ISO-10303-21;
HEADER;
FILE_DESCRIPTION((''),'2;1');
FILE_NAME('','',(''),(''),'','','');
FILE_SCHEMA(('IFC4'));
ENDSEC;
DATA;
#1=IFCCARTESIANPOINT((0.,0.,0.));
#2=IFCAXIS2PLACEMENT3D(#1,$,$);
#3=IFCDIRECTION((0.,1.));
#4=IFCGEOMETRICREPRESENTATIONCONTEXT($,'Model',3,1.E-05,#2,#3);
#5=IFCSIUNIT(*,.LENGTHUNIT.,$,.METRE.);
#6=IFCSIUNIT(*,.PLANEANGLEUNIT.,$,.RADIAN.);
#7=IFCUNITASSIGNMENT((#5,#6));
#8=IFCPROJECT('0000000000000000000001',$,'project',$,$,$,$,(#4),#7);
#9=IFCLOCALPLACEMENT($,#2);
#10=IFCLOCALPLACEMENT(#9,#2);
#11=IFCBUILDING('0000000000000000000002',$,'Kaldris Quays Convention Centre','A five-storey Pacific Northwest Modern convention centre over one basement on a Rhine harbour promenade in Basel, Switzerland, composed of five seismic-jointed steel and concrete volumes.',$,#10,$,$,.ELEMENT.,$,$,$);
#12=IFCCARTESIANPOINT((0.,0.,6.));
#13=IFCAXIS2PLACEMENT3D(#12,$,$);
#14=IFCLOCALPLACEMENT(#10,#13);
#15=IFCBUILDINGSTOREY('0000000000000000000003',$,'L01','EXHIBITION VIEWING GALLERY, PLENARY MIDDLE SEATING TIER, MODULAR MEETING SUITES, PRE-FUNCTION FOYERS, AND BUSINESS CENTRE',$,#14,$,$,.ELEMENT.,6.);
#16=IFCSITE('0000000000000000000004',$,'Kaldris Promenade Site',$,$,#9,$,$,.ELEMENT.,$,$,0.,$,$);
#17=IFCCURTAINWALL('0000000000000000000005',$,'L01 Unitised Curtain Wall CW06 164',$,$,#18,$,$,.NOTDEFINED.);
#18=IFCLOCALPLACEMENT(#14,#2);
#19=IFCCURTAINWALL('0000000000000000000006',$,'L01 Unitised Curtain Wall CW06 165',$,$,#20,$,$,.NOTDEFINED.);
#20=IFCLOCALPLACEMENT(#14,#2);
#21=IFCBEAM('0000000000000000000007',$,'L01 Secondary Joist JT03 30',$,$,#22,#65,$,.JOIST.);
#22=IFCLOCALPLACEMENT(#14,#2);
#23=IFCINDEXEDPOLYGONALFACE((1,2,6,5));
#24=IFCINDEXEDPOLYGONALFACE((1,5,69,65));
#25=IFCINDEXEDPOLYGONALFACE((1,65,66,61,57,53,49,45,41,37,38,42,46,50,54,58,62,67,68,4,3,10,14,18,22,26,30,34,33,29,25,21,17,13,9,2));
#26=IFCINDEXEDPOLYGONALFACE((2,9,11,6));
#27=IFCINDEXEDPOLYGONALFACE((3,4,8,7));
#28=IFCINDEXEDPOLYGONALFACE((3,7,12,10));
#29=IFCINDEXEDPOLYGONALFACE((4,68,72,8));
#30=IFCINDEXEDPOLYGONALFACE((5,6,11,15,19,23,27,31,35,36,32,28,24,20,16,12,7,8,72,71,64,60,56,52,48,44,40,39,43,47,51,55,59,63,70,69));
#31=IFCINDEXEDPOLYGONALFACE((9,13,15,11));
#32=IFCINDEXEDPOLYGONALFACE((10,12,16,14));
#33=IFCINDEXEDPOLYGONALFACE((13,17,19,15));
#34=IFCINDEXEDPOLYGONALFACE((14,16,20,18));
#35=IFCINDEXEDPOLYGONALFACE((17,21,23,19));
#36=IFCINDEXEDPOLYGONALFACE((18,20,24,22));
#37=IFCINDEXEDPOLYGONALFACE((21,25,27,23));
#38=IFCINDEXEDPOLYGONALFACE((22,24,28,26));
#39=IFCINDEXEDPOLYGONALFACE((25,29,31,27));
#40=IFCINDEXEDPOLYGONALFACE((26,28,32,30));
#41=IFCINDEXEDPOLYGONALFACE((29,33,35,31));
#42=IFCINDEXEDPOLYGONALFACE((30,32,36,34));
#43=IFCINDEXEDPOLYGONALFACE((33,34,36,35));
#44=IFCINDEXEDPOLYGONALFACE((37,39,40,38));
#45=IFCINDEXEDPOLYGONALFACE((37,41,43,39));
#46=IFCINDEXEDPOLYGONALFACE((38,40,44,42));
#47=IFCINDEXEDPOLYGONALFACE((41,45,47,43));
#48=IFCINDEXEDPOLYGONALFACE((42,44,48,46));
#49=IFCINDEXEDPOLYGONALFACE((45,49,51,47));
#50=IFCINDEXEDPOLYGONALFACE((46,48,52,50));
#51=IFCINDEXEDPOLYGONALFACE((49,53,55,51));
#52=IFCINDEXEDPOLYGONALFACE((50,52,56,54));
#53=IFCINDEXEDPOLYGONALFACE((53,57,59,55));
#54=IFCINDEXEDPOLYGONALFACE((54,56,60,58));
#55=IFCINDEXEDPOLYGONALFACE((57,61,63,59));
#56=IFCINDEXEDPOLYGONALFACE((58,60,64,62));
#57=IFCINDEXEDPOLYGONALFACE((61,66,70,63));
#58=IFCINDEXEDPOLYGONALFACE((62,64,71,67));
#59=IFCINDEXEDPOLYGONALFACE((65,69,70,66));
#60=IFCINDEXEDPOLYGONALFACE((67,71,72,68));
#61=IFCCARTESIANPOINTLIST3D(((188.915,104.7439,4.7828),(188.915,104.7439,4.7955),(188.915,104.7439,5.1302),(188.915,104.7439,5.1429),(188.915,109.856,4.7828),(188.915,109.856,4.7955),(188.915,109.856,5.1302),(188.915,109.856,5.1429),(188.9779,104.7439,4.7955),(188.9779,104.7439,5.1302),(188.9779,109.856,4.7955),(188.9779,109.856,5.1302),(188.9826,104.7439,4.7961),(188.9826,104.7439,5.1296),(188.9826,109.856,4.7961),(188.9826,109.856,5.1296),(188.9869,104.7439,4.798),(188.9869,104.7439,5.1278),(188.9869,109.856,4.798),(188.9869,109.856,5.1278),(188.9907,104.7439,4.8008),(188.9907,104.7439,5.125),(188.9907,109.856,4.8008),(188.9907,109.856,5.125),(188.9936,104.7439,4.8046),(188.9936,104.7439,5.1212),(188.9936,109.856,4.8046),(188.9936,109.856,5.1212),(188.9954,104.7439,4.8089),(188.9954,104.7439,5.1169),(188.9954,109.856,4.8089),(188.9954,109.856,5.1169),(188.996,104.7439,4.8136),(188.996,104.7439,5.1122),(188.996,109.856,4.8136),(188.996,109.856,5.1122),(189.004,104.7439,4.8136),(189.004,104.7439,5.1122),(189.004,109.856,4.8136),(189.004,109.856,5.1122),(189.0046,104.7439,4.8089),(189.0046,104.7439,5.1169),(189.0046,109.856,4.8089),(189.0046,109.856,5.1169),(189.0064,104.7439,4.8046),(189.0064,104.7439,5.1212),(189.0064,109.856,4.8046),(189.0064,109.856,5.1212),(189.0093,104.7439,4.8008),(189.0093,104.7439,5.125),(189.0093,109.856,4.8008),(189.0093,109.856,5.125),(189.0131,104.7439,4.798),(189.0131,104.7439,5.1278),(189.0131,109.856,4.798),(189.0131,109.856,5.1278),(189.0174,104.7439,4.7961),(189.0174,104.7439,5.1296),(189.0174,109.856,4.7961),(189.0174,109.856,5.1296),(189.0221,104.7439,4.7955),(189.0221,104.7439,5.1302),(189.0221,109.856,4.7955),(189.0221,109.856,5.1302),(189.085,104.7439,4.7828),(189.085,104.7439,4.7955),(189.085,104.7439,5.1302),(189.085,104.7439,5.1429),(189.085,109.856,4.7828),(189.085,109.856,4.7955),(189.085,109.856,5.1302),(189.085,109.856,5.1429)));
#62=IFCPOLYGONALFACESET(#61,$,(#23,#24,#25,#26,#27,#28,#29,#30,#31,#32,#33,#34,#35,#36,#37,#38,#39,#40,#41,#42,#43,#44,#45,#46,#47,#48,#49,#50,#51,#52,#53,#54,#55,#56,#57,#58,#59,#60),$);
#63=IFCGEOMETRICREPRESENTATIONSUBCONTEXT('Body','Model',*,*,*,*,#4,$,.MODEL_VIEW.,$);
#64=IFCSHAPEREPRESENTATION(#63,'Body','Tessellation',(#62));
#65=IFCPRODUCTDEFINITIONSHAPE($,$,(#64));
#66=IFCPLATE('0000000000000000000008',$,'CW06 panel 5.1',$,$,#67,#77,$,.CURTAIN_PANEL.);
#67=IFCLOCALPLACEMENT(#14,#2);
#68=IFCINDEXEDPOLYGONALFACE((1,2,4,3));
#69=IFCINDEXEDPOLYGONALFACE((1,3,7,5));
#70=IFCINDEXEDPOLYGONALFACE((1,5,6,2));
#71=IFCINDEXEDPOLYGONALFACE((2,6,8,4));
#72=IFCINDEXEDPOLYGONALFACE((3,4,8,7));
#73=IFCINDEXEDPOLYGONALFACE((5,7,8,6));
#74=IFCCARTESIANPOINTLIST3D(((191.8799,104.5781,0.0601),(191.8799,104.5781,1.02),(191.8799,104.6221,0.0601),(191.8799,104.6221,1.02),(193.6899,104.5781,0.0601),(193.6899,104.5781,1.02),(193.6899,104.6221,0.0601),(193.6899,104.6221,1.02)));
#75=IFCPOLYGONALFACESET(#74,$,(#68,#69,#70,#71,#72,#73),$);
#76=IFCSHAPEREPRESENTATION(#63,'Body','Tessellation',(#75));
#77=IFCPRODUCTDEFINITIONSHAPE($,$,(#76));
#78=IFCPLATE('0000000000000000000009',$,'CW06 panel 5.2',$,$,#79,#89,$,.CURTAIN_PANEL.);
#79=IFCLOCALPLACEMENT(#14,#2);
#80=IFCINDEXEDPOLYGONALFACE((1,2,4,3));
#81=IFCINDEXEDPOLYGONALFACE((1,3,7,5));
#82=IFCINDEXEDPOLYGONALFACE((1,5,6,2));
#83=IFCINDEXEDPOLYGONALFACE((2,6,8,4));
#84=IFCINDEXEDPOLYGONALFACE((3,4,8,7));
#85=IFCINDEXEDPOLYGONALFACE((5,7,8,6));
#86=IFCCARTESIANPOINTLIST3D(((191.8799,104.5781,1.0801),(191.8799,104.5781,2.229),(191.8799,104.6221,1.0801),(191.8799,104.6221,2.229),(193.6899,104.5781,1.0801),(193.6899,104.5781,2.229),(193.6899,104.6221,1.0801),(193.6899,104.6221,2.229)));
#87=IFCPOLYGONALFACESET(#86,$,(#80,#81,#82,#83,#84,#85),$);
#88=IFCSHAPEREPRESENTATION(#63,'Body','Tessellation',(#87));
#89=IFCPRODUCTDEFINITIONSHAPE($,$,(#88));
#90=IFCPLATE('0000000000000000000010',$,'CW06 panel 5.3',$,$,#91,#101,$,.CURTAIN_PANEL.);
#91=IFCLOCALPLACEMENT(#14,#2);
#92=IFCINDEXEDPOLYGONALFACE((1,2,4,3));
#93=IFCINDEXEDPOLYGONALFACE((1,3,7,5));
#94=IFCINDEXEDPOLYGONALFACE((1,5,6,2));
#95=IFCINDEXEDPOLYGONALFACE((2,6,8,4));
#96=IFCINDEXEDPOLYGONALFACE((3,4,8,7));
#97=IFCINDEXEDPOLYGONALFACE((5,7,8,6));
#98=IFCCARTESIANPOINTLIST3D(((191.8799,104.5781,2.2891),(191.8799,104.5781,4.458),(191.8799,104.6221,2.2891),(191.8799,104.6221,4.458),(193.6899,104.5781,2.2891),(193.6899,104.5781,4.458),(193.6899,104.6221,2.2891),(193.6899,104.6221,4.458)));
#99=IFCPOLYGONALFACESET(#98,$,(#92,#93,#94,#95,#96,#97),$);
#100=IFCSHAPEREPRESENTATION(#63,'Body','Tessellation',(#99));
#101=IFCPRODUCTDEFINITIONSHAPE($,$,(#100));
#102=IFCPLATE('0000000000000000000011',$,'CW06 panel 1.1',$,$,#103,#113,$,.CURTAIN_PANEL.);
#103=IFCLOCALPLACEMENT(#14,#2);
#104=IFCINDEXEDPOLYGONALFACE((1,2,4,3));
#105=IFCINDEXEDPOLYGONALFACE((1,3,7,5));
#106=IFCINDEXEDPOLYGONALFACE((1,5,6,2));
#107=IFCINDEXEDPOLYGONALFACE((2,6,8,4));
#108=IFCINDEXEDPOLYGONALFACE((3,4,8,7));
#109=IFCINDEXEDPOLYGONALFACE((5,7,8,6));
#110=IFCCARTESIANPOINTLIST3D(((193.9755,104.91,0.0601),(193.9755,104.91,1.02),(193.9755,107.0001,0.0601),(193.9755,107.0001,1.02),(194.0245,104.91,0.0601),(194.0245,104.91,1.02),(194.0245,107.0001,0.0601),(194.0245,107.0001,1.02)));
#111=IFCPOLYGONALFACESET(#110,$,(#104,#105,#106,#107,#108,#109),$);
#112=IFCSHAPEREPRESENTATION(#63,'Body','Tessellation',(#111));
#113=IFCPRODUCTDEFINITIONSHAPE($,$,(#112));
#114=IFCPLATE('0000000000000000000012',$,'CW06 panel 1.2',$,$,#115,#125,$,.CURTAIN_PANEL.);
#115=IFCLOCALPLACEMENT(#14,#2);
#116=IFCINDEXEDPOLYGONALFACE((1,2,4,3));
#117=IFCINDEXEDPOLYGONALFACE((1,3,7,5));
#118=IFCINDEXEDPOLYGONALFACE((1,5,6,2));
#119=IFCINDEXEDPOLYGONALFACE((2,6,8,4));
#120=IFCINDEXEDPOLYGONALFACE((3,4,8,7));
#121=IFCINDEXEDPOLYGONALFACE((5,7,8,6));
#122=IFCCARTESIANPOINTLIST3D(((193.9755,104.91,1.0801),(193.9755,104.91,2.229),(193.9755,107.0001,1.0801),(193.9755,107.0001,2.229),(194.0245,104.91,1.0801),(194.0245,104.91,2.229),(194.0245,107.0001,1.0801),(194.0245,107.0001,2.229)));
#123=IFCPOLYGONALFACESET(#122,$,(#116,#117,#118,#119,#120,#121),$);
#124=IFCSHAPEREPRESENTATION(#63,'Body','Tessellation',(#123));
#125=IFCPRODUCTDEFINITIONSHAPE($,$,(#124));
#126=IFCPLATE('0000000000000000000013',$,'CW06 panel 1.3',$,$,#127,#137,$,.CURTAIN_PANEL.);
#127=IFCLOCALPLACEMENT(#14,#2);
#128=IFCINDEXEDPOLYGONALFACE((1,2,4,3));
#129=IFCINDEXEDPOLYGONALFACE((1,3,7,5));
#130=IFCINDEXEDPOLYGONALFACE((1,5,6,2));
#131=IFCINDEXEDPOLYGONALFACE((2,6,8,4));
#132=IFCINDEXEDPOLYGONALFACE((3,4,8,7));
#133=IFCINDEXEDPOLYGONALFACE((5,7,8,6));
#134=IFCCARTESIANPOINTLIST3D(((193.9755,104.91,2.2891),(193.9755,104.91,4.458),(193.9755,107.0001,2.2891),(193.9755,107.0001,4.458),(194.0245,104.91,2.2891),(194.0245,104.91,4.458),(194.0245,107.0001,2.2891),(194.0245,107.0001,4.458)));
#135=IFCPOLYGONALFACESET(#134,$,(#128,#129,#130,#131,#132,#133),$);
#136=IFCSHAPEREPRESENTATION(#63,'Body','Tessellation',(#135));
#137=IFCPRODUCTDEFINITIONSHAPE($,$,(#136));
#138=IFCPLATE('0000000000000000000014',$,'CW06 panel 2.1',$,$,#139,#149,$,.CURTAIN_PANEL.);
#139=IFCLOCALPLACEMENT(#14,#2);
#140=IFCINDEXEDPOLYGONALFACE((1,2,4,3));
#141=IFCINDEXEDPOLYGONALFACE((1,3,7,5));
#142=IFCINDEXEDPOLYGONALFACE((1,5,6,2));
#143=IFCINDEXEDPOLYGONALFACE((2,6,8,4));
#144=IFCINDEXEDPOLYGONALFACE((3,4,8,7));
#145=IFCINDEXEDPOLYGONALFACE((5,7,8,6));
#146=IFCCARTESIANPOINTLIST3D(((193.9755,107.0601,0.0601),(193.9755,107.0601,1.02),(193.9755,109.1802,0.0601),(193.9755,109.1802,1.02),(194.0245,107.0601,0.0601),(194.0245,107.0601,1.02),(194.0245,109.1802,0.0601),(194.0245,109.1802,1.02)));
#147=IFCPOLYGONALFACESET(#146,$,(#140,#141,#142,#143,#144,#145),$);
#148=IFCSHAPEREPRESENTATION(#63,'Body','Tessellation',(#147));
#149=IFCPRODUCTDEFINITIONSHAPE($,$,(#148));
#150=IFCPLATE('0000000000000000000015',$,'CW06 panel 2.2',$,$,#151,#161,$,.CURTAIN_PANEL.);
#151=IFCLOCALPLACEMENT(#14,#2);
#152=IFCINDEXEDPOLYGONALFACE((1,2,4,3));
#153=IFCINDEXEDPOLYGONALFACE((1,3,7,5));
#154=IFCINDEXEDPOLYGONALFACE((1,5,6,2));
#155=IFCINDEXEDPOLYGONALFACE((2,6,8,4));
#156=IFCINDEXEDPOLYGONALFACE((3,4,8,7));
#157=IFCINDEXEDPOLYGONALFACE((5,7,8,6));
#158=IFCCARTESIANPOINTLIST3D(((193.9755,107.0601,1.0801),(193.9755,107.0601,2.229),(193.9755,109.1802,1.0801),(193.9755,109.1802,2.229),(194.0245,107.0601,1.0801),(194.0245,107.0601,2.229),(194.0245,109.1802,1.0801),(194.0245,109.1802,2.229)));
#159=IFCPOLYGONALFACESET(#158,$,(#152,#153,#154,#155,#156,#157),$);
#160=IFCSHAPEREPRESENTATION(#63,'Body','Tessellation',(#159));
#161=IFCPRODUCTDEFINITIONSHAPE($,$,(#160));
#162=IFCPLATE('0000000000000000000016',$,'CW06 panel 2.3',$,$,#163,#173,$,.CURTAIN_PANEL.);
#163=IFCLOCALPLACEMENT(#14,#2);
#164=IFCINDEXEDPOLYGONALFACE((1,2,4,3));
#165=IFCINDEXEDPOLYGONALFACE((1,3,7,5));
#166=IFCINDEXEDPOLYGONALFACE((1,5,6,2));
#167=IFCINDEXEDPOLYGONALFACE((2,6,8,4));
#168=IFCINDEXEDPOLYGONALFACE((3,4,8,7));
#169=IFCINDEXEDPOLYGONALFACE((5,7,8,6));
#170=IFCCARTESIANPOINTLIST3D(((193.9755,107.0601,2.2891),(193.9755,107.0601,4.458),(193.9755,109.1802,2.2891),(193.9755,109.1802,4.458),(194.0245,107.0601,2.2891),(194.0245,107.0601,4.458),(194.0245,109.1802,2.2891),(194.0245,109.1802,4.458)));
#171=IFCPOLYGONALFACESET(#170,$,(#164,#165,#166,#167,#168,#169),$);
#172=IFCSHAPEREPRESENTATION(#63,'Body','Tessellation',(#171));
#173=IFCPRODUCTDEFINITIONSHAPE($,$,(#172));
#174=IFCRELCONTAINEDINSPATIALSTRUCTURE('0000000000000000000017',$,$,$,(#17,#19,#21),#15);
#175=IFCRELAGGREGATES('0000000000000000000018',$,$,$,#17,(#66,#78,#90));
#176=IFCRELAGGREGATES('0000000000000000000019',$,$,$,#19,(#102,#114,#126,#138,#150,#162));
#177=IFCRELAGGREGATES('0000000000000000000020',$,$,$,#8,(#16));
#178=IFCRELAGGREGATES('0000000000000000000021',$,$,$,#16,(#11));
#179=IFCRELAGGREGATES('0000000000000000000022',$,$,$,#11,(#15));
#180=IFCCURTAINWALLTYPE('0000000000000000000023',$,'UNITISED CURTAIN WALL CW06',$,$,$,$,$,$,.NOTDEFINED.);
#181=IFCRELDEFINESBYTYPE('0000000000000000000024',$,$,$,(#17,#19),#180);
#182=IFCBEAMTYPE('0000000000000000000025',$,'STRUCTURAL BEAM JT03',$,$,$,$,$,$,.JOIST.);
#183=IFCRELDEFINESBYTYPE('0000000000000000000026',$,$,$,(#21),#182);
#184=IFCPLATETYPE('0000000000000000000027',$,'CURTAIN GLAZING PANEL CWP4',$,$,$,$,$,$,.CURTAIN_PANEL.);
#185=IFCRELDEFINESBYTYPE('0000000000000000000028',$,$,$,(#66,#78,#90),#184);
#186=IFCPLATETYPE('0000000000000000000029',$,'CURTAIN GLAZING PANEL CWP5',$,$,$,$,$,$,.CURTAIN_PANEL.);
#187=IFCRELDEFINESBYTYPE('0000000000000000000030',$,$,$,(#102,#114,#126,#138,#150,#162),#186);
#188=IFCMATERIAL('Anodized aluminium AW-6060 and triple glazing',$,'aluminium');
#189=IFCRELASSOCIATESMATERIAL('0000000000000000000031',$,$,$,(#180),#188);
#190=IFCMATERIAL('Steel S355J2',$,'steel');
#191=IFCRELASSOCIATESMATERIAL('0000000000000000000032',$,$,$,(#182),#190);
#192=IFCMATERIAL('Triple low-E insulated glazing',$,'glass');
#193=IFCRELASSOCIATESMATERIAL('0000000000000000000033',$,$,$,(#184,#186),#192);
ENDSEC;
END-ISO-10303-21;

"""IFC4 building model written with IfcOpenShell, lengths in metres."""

from ifc_helpers import new_model, si_unit, direction, frame, origin, origin_2d, place, context, subcontext, project, spatial, rectangle, i_section, extrude, material, material_profile, profile_set, type_object, element, aggregate, save


model = new_model("IFC4")

# Units and contexts
model_context = context("Model", 3, precision=1e-05, world=origin(), true_north=direction((0.0, 1.0)))
body_context = subcontext(model_context, "Body", "Model", "MODEL_VIEW")
ifc_project = project(units=[si_unit("LENGTHUNIT", "METRE"), si_unit("PLANEANGLEUNIT", "RADIAN")], contexts=[model_context])

# Site, building, storey
site_placement = place(None, origin())
site = spatial("IfcSite", under=ifc_project, at=site_placement, Name="Kaldris Promenade Site", CompositionType="ELEMENT", RefElevation=0.0)
building_placement = place(site_placement, origin())
building = spatial("IfcBuilding", under=site, at=building_placement, Name="Kaldris Quays Convention Centre", Description="A five-storey Pacific Northwest Modern convention centre over one basement on a Rhine harbour promenade in Basel, Switzerland, composed of five seismic-jointed steel and concrete volumes.", CompositionType="ELEMENT")
storey_placement = place(building_placement, frame((0.0, 0.0, 6.0)))
storey = spatial("IfcBuildingStorey", under=building, at=storey_placement, Name="L01", Description="EXHIBITION VIEWING GALLERY, PLENARY MIDDLE SEATING TIER, MODULAR MEETING SUITES, PRE-FUNCTION FOYERS, AND BUSINESS CENTRE", CompositionType="ELEMENT", Elevation=6.0)

# Shared definitions
ifc_material_1 = material(Name="Steel S355J2", Category="steel")

# Curtain wall
ifc_material_2 = material(Name="Anodized aluminium AW-6060 and triple glazing", Category="aluminium")
curtain_wall_type = type_object("IfcCurtainWallType", Name="UNITISED CURTAIN WALL CW06", PredefinedType="NOTDEFINED", material=ifc_material_2)
curtain_wall_1_placement = place(storey_placement, origin())
curtain_wall_1 = element("IfcCurtainWall", 1, at=curtain_wall_1_placement, inside=storey, type_object=curtain_wall_type, Name="L01 Unitised Curtain Wall CW06 164", PredefinedType="NOTDEFINED")

# Curtain wall
curtain_wall_2_placement = place(storey_placement, origin())
curtain_wall_2 = element("IfcCurtainWall", 2, at=curtain_wall_2_placement, inside=storey, type_object=curtain_wall_type, Name="L01 Unitised Curtain Wall CW06 165", PredefinedType="NOTDEFINED")

# Beam
ifc_material_profile_1 = material_profile(ifc_material_1, i_section(OverallWidth=0.1699, OverallDepth=0.3601, WebThickness=0.0081, FlangeThickness=0.0127, FilletRadius=0.0181, at=origin_2d()), Name="IPE 360")
ifc_profile_set_1 = profile_set([ifc_material_profile_1], Name="Steel S355J2")
beam_type_1 = type_object("IfcBeamType", Name="STRUCTURAL BEAM JT03", PredefinedType="JOIST", material=ifc_profile_set_1)
beam_1_placement = place(storey_placement, frame((189.0, 104.7439, 4.9629), z_axis=(0.0, 1.0, 0.0), x_axis=(-1.0, 0.0, 0.0)))
element("IfcBeam", 3, at=beam_1_placement, inside=storey, type_object=beam_type_1, Name="L01 Secondary Joist JT03 30", PredefinedType="JOIST", context=body_context, shape_type="SweptSolid", body=[
    extrude(i_section(OverallWidth=0.1699, OverallDepth=0.3601, WebThickness=0.0081, FlangeThickness=0.0127, FilletRadius=0.0181, at=origin_2d()), origin(), (0.0, 0.0, 1.0), 5.1121),
])

# Plates
ifc_material_3 = material(Name="Triple low-E insulated glazing", Category="glass")
plate_type_1 = type_object("IfcPlateType", Name="CURTAIN GLAZING PANEL CWP4", PredefinedType="CURTAIN_PANEL", material=ifc_material_3)
plate_1_placement = place(storey_placement, frame((192.7849, 104.6001, 0.0601), z_axis=(0.0, 0.0, 1.0), x_axis=(1.0, 0.0, 0.0)))
plate_1 = element("IfcPlate", 4, at=plate_1_placement, type_object=plate_type_1, Name="CW06 panel 5.1", PredefinedType="CURTAIN_PANEL", context=body_context, shape_type="SweptSolid", body=[
    extrude(rectangle(XDim=1.8101, YDim=0.0439, at=origin_2d()), origin(), (0.0, 0.0, 1.0), 0.96),
])
plate_2_placement = place(storey_placement, frame((192.7849, 104.6001, 1.0801), z_axis=(0.0, 0.0, 1.0), x_axis=(1.0, 0.0, 0.0)))
plate_2 = element("IfcPlate", 5, at=plate_2_placement, type_object=plate_type_1, Name="CW06 panel 5.2", PredefinedType="CURTAIN_PANEL", context=body_context, shape_type="SweptSolid", body=[
    extrude(rectangle(XDim=1.8101, YDim=0.0439, at=origin_2d()), origin(), (0.0, 0.0, 1.0), 1.1489),
])
plate_3_placement = place(storey_placement, frame((192.7849, 104.6001, 2.2891), z_axis=(0.0, 0.0, 1.0), x_axis=(1.0, 0.0, 0.0)))
plate_3 = element("IfcPlate", 6, at=plate_3_placement, type_object=plate_type_1, Name="CW06 panel 5.3", PredefinedType="CURTAIN_PANEL", context=body_context, shape_type="SweptSolid", body=[
    extrude(rectangle(XDim=1.8101, YDim=0.0439, at=origin_2d()), origin(), (0.0, 0.0, 1.0), 2.1689),
])
aggregate(curtain_wall_1, [plate_1, plate_2, plate_3])
plate_type_2 = type_object("IfcPlateType", Name="CURTAIN GLAZING PANEL CWP5", PredefinedType="CURTAIN_PANEL", material=ifc_material_3)
plate_4_placement = place(storey_placement, frame((194.0, 105.9551, 0.0601), z_axis=(0.0, 0.0, 1.0), x_axis=(0.0, 1.0, 0.0)))
plate_4 = element("IfcPlate", 7, at=plate_4_placement, type_object=plate_type_2, Name="CW06 panel 1.1", PredefinedType="CURTAIN_PANEL", context=body_context, shape_type="SweptSolid", body=[
    extrude(rectangle(XDim=2.0901, YDim=0.0491, at=origin_2d()), origin(), (0.0, 0.0, 1.0), 0.96),
])
plate_5_placement = place(storey_placement, frame((194.0, 105.9551, 1.0801), z_axis=(0.0, 0.0, 1.0), x_axis=(0.0, 1.0, 0.0)))
plate_5 = element("IfcPlate", 8, at=plate_5_placement, type_object=plate_type_2, Name="CW06 panel 1.2", PredefinedType="CURTAIN_PANEL", context=body_context, shape_type="SweptSolid", body=[
    extrude(rectangle(XDim=2.0901, YDim=0.0491, at=origin_2d()), origin(), (0.0, 0.0, 1.0), 1.1489),
])
plate_6_placement = place(storey_placement, frame((194.0, 105.9551, 2.2891), z_axis=(0.0, 0.0, 1.0), x_axis=(0.0, 1.0, 0.0)))
plate_6 = element("IfcPlate", 9, at=plate_6_placement, type_object=plate_type_2, Name="CW06 panel 1.3", PredefinedType="CURTAIN_PANEL", context=body_context, shape_type="SweptSolid", body=[
    extrude(rectangle(XDim=2.0901, YDim=0.0491, at=origin_2d()), origin(), (0.0, 0.0, 1.0), 2.1689),
])
plate_7_placement = place(storey_placement, frame((194.0, 108.1201, 0.0601), z_axis=(0.0, 0.0, 1.0), x_axis=(0.0, 1.0, 0.0)))
plate_7 = element("IfcPlate", 10, at=plate_7_placement, type_object=plate_type_2, Name="CW06 panel 2.1", PredefinedType="CURTAIN_PANEL", context=body_context, shape_type="SweptSolid", body=[
    extrude(rectangle(XDim=2.1201, YDim=0.0491, at=origin_2d()), origin(), (0.0, 0.0, 1.0), 0.96),
])
plate_8_placement = place(storey_placement, frame((194.0, 108.1201, 1.0801), z_axis=(0.0, 0.0, 1.0), x_axis=(0.0, 1.0, 0.0)))
plate_8 = element("IfcPlate", 11, at=plate_8_placement, type_object=plate_type_2, Name="CW06 panel 2.2", PredefinedType="CURTAIN_PANEL", context=body_context, shape_type="SweptSolid", body=[
    extrude(rectangle(XDim=2.1201, YDim=0.0491, at=origin_2d()), origin(), (0.0, 0.0, 1.0), 1.1489),
])
plate_9_placement = place(storey_placement, frame((194.0, 108.1201, 2.2891), z_axis=(0.0, 0.0, 1.0), x_axis=(0.0, 1.0, 0.0)))
plate_9 = element("IfcPlate", 12, at=plate_9_placement, type_object=plate_type_2, Name="CW06 panel 2.3", PredefinedType="CURTAIN_PANEL", context=body_context, shape_type="SweptSolid", body=[
    extrude(rectangle(XDim=2.1201, YDim=0.0491, at=origin_2d()), origin(), (0.0, 0.0, 1.0), 2.1689),
])
aggregate(curtain_wall_2, [plate_4, plate_5, plate_6, plate_7, plate_8, plate_9])

save(model, "model.ifc")
